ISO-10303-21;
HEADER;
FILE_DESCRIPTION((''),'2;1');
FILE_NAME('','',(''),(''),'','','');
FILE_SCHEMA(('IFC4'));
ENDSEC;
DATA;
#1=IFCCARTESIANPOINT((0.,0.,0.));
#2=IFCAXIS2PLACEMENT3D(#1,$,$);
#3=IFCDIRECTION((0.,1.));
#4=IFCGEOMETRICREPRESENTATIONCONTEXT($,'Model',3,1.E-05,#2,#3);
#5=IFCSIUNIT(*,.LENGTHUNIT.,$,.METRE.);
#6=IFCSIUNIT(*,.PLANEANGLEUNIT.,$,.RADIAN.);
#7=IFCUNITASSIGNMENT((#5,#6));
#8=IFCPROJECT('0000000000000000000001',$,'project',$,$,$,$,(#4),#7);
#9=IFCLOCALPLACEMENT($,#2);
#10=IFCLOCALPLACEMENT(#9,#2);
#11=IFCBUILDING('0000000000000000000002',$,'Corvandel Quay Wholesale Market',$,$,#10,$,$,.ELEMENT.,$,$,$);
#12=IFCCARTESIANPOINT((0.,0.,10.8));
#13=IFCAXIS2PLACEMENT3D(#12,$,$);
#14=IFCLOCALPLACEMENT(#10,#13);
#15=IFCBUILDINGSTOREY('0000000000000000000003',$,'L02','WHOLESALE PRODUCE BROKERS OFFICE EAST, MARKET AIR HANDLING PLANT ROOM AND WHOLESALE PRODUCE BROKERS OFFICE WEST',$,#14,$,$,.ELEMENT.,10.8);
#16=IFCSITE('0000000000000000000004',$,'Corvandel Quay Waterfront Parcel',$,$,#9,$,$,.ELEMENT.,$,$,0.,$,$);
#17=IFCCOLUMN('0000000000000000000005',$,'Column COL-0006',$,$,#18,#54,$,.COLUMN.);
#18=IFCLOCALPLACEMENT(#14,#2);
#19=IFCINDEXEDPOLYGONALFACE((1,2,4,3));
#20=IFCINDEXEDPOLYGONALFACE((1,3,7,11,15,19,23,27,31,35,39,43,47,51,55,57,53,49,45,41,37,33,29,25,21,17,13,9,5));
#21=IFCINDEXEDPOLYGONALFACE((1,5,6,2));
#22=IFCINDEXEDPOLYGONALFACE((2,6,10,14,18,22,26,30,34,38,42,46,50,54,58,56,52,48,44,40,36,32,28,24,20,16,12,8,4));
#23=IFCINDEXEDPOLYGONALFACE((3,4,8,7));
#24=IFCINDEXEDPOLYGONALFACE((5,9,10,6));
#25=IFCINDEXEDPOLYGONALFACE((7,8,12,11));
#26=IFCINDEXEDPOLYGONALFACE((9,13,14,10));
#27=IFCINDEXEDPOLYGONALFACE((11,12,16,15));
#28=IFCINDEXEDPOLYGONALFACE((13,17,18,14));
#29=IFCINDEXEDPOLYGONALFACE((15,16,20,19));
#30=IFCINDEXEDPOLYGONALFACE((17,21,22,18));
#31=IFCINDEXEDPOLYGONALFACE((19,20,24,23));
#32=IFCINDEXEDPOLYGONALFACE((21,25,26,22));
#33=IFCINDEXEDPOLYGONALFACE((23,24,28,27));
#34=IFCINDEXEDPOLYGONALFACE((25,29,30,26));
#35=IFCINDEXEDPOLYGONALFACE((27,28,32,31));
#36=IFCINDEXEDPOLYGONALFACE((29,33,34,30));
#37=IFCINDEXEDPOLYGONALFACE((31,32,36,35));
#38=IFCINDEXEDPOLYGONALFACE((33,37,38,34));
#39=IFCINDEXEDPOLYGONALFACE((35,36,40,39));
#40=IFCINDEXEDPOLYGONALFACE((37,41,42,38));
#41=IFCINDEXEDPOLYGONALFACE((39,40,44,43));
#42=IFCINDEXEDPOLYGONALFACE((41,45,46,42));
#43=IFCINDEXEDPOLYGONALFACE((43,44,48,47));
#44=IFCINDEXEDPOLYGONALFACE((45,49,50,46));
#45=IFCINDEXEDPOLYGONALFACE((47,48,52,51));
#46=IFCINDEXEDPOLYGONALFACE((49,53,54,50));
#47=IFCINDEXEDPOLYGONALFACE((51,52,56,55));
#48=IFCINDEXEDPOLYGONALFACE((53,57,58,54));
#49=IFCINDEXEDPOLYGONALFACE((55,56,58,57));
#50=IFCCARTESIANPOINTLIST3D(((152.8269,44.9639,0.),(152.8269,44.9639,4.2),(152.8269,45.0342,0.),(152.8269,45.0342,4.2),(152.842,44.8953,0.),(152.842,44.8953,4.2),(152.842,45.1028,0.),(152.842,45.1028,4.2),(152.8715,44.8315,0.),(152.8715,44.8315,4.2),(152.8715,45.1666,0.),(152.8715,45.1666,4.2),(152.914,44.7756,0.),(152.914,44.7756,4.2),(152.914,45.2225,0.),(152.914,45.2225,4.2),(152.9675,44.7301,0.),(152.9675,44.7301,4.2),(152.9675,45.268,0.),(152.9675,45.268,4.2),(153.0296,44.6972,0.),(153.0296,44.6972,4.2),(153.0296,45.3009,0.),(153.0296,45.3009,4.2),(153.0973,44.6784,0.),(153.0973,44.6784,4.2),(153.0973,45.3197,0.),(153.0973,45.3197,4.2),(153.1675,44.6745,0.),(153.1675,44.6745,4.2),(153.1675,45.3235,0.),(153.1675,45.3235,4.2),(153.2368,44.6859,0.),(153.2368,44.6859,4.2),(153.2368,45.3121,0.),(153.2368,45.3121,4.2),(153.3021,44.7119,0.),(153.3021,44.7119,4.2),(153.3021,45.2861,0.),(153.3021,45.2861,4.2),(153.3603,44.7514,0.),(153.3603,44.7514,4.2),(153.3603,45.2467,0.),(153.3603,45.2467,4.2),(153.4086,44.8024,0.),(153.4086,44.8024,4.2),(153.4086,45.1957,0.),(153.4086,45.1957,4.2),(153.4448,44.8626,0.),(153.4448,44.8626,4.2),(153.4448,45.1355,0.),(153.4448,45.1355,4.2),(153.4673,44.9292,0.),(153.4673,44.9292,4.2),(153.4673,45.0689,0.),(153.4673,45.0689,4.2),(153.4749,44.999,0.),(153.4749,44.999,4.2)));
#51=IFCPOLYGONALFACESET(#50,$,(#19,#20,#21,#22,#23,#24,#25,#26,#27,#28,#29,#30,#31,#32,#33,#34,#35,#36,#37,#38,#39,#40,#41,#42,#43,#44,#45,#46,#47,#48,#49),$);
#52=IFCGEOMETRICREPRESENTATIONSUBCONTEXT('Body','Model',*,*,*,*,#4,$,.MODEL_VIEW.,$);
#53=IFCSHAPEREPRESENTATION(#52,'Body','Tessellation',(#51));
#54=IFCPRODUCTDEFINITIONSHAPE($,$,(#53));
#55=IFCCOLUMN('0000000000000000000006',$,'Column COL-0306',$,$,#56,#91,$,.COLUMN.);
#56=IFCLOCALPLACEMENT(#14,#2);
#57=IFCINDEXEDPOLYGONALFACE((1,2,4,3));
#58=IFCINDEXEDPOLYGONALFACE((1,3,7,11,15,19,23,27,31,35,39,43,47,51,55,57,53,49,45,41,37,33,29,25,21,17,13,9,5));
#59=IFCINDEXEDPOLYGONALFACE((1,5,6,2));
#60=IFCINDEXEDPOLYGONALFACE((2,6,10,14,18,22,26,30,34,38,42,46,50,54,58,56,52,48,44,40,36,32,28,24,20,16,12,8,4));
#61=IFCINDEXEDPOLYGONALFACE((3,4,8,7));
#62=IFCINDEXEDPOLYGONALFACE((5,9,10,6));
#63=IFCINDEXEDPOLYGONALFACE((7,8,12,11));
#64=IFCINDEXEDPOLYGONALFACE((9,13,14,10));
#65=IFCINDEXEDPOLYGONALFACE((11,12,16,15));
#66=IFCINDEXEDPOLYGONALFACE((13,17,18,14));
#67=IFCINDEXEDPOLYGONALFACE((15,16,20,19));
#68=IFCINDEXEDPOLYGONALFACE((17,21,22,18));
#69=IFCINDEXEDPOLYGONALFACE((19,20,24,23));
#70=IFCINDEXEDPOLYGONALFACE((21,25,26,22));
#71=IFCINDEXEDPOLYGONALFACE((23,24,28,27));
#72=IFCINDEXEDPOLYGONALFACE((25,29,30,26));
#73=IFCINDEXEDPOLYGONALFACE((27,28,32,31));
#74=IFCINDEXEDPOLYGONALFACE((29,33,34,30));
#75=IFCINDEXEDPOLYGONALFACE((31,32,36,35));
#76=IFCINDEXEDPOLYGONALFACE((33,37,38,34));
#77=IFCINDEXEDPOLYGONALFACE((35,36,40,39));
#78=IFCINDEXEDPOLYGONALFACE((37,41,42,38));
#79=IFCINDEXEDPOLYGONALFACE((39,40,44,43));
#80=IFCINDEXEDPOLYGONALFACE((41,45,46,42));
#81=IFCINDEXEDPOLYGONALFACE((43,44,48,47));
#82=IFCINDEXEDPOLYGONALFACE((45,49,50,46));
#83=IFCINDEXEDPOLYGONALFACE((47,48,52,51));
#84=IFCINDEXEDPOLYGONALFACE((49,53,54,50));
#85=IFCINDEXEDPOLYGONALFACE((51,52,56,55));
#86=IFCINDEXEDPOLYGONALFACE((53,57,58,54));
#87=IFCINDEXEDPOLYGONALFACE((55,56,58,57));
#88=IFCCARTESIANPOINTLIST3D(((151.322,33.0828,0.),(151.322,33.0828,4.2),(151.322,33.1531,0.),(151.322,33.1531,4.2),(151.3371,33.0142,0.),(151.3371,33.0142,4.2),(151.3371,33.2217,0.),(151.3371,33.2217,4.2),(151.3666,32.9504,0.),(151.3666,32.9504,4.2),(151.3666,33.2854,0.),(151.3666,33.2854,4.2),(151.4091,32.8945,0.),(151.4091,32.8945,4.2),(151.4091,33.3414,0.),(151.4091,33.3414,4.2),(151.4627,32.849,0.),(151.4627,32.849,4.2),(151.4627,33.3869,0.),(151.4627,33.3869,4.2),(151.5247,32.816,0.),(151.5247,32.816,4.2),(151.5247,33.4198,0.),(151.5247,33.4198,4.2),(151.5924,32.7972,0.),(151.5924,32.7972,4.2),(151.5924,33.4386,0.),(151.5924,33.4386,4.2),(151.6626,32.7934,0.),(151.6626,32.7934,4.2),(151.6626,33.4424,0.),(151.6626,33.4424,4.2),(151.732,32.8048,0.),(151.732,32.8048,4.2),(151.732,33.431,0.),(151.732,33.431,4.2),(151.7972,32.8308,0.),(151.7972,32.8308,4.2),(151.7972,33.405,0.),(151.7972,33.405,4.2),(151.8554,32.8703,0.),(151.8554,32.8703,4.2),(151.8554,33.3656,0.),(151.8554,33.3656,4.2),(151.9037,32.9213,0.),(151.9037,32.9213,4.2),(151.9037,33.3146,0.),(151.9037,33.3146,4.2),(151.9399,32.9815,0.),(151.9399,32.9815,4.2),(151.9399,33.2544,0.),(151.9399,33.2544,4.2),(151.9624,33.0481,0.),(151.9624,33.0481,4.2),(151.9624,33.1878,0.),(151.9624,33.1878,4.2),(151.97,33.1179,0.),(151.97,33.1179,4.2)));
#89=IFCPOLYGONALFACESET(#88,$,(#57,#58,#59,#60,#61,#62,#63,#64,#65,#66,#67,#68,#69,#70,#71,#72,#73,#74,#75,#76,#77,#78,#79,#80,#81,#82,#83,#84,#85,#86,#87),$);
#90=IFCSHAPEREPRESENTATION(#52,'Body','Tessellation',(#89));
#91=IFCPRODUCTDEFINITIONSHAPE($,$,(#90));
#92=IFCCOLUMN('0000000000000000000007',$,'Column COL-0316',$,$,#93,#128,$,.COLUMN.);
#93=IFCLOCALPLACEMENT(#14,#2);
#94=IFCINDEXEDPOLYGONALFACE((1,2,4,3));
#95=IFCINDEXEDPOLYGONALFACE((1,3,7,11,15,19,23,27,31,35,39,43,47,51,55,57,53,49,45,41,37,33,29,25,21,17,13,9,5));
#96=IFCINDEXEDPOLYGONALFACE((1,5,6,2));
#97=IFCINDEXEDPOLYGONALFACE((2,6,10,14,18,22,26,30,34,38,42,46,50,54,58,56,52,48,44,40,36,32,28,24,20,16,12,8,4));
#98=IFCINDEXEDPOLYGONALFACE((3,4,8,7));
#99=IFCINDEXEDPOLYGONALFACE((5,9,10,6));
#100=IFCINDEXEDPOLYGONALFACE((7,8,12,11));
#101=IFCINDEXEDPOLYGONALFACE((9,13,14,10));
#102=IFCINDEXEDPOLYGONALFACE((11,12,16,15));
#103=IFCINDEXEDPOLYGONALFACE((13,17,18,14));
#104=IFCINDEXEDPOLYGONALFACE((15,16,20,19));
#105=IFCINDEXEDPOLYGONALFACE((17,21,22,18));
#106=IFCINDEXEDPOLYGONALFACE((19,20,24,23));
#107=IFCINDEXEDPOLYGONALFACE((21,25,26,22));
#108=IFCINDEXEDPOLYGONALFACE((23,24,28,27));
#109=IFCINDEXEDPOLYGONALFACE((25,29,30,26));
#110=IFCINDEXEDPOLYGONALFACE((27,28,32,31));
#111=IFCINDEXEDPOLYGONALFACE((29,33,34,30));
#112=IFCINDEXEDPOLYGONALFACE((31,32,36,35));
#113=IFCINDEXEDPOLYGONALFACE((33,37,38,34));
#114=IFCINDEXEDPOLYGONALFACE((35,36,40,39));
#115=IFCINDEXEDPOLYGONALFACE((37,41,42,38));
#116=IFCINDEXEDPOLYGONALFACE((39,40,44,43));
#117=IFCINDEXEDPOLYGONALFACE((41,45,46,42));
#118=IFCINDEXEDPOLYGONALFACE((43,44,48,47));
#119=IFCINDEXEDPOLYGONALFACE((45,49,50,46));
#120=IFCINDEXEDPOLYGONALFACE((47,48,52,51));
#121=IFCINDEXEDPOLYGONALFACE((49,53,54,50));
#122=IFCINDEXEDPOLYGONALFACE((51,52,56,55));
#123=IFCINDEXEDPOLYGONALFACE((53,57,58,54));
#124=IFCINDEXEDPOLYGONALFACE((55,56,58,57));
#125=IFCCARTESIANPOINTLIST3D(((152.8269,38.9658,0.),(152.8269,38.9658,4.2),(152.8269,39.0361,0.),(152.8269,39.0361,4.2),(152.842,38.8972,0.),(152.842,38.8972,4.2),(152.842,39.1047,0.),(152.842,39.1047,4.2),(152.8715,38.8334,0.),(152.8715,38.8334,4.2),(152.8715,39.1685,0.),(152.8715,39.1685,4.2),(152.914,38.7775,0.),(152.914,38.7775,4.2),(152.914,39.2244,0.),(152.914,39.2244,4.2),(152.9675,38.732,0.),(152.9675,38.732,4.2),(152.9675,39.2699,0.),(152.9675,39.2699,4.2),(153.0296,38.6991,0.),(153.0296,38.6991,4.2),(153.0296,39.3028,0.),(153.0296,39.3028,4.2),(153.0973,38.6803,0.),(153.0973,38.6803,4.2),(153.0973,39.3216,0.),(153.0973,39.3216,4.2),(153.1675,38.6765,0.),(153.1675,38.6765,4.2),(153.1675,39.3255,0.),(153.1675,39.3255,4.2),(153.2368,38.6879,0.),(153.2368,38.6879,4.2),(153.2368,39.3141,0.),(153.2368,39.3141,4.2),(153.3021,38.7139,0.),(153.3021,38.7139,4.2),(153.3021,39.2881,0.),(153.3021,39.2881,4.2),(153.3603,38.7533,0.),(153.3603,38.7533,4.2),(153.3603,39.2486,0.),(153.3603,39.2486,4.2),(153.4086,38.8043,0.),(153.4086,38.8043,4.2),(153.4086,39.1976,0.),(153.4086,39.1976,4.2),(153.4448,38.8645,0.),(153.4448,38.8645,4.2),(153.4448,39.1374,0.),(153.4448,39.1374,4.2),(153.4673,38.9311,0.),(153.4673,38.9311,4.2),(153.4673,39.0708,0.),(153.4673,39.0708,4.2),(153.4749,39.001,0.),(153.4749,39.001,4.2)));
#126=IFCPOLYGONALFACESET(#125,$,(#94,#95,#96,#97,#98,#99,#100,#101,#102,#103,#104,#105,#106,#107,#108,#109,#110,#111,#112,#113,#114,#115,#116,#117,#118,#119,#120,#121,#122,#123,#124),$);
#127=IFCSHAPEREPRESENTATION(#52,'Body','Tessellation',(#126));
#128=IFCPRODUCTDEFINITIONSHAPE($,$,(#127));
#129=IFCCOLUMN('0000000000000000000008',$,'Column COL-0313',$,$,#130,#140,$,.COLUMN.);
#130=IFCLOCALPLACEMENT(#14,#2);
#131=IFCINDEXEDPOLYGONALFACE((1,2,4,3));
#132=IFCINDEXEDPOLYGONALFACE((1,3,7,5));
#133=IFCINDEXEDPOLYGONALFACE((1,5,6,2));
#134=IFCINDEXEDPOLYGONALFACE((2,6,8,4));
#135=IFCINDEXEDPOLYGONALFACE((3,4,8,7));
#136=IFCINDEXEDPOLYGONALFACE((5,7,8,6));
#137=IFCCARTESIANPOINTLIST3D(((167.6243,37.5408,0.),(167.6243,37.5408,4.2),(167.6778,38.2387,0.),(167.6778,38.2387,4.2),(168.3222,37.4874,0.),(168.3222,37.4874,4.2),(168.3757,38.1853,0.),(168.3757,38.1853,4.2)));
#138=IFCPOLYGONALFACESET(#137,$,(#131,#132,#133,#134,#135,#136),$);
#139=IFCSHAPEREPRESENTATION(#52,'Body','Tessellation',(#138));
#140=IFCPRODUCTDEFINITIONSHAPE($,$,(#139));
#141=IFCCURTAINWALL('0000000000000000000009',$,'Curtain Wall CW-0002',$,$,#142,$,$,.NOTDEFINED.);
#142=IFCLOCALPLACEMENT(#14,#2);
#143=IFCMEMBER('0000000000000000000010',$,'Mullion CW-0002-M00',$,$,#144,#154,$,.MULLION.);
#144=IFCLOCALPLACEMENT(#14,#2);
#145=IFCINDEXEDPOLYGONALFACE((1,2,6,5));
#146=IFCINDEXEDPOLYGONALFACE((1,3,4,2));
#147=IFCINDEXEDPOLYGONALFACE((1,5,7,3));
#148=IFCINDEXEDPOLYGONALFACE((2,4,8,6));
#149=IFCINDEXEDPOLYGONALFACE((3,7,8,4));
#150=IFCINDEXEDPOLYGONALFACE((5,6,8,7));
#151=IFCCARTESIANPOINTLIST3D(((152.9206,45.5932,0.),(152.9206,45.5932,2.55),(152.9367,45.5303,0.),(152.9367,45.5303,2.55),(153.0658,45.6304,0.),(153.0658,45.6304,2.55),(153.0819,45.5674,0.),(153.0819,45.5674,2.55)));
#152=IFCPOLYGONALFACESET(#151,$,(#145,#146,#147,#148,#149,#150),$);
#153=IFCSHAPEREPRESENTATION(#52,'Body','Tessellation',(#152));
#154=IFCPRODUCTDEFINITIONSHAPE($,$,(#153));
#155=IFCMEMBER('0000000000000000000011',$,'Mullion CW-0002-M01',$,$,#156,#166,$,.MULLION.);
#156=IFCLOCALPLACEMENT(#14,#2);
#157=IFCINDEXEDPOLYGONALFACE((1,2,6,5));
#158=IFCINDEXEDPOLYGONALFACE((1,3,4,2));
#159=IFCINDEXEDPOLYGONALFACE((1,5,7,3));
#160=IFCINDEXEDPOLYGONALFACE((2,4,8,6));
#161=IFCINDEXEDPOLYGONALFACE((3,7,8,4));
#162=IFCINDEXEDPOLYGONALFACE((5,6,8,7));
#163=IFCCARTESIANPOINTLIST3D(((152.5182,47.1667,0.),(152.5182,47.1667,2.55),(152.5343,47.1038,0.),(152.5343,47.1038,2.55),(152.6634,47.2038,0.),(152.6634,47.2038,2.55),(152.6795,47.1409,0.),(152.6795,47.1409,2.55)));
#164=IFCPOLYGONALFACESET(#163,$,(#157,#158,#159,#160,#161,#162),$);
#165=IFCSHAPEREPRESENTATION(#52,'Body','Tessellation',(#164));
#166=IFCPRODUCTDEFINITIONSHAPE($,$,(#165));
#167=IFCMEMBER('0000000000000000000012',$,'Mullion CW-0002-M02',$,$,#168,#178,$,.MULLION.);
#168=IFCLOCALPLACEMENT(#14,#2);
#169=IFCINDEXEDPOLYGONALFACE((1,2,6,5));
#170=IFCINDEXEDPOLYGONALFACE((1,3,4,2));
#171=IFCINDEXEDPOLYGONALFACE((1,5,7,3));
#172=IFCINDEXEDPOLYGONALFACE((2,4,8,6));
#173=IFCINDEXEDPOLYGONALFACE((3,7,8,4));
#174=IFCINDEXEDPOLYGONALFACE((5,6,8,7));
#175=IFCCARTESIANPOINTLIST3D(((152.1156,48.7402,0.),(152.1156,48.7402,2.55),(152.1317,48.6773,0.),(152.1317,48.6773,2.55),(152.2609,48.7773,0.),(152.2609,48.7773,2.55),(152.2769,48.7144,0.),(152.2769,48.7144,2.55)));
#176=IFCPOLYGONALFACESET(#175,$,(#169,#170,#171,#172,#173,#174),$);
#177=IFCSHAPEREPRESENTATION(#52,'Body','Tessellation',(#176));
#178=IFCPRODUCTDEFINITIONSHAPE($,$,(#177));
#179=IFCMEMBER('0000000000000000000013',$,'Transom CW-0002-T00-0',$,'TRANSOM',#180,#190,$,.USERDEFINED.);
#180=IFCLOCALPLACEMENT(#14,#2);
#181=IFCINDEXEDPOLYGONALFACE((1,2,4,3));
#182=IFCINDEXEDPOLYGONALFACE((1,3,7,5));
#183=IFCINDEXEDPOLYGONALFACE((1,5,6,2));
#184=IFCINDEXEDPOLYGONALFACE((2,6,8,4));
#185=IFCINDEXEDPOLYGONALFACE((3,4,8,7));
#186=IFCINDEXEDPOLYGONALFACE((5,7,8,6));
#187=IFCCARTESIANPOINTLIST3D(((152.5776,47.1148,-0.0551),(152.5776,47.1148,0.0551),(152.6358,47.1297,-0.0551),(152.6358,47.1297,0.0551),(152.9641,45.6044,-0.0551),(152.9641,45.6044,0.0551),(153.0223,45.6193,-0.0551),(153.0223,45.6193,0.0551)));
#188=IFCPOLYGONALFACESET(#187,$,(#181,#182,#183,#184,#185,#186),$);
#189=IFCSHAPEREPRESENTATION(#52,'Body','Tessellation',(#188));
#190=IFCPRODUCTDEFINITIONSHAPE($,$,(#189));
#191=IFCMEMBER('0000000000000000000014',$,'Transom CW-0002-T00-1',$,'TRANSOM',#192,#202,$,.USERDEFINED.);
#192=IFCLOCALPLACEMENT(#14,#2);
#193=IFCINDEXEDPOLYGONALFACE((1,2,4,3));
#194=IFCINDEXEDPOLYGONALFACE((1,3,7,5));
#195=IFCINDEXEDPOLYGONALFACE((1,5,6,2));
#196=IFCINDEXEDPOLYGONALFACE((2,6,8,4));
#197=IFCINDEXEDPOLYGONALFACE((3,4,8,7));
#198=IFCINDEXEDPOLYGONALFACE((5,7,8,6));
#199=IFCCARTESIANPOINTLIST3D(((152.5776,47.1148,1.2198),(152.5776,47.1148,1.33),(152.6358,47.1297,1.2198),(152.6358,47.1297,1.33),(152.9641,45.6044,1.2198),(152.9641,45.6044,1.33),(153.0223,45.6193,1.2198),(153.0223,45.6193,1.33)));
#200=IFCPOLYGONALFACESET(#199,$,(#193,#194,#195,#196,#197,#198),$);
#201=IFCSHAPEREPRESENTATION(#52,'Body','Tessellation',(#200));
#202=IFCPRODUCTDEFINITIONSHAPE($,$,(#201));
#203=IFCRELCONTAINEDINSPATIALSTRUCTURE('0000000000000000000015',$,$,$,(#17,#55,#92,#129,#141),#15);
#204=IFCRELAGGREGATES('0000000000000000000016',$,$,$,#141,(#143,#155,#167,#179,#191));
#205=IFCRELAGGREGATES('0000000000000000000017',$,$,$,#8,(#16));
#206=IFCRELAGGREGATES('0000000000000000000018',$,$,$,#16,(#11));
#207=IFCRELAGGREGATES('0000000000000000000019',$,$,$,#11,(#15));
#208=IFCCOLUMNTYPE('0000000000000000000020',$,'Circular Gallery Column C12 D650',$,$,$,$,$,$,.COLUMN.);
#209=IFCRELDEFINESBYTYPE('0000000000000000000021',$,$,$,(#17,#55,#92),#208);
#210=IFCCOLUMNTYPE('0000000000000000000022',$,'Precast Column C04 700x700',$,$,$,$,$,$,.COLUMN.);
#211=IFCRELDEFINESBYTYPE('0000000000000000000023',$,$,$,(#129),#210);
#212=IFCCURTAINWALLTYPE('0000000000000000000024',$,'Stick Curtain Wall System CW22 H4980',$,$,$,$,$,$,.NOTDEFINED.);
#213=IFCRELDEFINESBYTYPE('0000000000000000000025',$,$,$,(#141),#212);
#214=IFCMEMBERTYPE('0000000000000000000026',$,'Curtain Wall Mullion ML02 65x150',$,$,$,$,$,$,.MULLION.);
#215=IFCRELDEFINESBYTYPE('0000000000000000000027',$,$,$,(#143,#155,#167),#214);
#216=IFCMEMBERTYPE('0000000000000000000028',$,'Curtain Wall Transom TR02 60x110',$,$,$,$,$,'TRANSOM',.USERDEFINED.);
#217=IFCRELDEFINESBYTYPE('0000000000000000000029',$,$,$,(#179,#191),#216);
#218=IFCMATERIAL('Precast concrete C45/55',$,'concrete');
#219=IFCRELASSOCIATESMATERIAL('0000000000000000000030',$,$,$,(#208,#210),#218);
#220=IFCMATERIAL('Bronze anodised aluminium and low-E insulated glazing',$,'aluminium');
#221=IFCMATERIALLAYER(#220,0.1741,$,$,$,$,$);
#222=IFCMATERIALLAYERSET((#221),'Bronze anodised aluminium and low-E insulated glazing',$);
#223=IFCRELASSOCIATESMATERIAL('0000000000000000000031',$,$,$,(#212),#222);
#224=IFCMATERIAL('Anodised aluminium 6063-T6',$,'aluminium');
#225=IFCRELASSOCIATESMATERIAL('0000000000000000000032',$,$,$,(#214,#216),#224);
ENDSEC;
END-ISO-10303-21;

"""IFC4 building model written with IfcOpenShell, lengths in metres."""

from ifc_helpers import new_model, si_unit, direction, frame, origin, origin_2d, place, context, subcontext, project, spatial, rectangle, circle, extrude, material, layer, layer_set, material_profile, profile_set, type_object, element, aggregate, save


model = new_model("IFC4")

# Units and contexts
model_context = context("Model", 3, precision=1e-05, world=origin(), true_north=direction((0.0, 1.0)))
body_context = subcontext(model_context, "Body", "Model", "MODEL_VIEW")
ifc_project = project(units=[si_unit("LENGTHUNIT", "METRE"), si_unit("PLANEANGLEUNIT", "RADIAN")], contexts=[model_context])

# Site, building, storey
site_placement = place(None, origin())
site = spatial("IfcSite", under=ifc_project, at=site_placement, Name="Corvandel Quay Waterfront Parcel", CompositionType="ELEMENT", RefElevation=0.0)
building_placement = place(site_placement, origin())
building = spatial("IfcBuilding", under=site, at=building_placement, Name="Corvandel Quay Wholesale Market", CompositionType="ELEMENT")
storey_placement = place(building_placement, frame((0.0, 0.0, 10.8)))
storey = spatial("IfcBuildingStorey", under=building, at=storey_placement, Name="L02", Description="WHOLESALE PRODUCE BROKERS OFFICE EAST, MARKET AIR HANDLING PLANT ROOM AND WHOLESALE PRODUCE BROKERS OFFICE WEST", CompositionType="ELEMENT", Elevation=10.8)

# Columns
ifc_material_1 = material(Name="Precast concrete C45/55", Category="concrete")
ifc_material_profile_1 = material_profile(ifc_material_1, circle(Radius=0.325, at=origin_2d()), Name="PC-COL-D650")
ifc_profile_set_1 = profile_set([ifc_material_profile_1], Name="Precast concrete C45/55")
column_type_1 = type_object("IfcColumnType", Name="Circular Gallery Column C12 D650", PredefinedType="COLUMN", material=ifc_profile_set_1)
for number, where, z_axis, x_axis, name in (
    (1, (153.1499, 44.999, 0.0), (0.0, 0.0, 1.0), (1.0, 0.0, 0.0), "Column COL-0006"),
    (2, (151.645, 33.1179, 0.0), (0.0, 0.0, 1.0), (1.0, 0.0, 0.0), "Column COL-0306"),
    (3, (153.1499, 39.001, 0.0), (0.0, 0.0, 1.0), (1.0, 0.0, 0.0), "Column COL-0316"),
):
    element("IfcColumn", number, at=place(storey_placement, frame(where, z_axis=z_axis, x_axis=x_axis)), inside=storey, type_object=column_type_1, Name=name, PredefinedType="COLUMN", context=body_context, shape_type="SweptSolid", body=[
        extrude(circle(Radius=0.325, at=origin_2d()), origin(), (0.0, 0.0, 1.0), 4.2),
    ])
ifc_material_profile_2 = material_profile(ifc_material_1, rectangle(XDim=0.7, YDim=0.7, at=origin_2d()), Name="PC-COL-700x700")
ifc_profile_set_2 = profile_set([ifc_material_profile_2], Name="Precast concrete C45/55")
column_type_2 = type_object("IfcColumnType", Name="Precast Column C04 700x700", PredefinedType="COLUMN", material=ifc_profile_set_2)
column_placement = place(storey_placement, frame((168.0, 37.863, 0.0), z_axis=(0.0, 0.0, 1.0), x_axis=(0.076371, 0.997079, 0.0)))
element("IfcColumn", 4, at=column_placement, inside=storey, type_object=column_type_2, Name="Column COL-0313", PredefinedType="COLUMN", context=body_context, shape_type="SweptSolid", body=[
    extrude(rectangle(XDim=0.7, YDim=0.7, at=origin_2d()), origin(), (0.0, 0.0, 1.0), 4.2),
])

# Curtain wall, members
ifc_material_2 = material(Name="Bronze anodised aluminium and low-E insulated glazing", Category="aluminium")
ifc_layer_1 = layer(ifc_material_2, 0.1741)
ifc_layer_set_1 = layer_set([ifc_layer_1], Name="Bronze anodised aluminium and low-E insulated glazing")
curtain_wall_type = type_object("IfcCurtainWallType", Name="Stick Curtain Wall System CW22 H4980", PredefinedType="NOTDEFINED", material=ifc_layer_set_1)
curtain_wall_placement = place(storey_placement, origin())
curtain_wall = element("IfcCurtainWall", 5, at=curtain_wall_placement, inside=storey, type_object=curtain_wall_type, Name="Curtain Wall CW-0002", PredefinedType="NOTDEFINED")
ifc_material_3 = material(Name="Anodised aluminium 6063-T6", Category="aluminium")
ifc_material_profile_3 = material_profile(ifc_material_3, rectangle(XDim=0.0649, YDim=0.1499, at=origin_2d()), Name="ALU-MUL-65x150")
ifc_profile_set_3 = profile_set([ifc_material_profile_3], Name="Anodised aluminium 6063-T6")
member_type_1 = type_object("IfcMemberType", Name="Curtain Wall Mullion ML02 65x150", PredefinedType="MULLION", material=ifc_profile_set_3)
member_1_placement = place(storey_placement, frame((153.0012, 45.5803, 0.0), z_axis=(0.0, 0.0, 1.0), x_axis=(-0.247845, 0.9688, 0.0)))
member_1 = element("IfcMember", 6, at=member_1_placement, type_object=member_type_1, Name="Mullion CW-0002-M00", PredefinedType="MULLION", context=body_context, shape_type="SweptSolid", body=[
    extrude(rectangle(XDim=0.0649, YDim=0.1499, at=origin_2d()), origin(), (0.0, 0.0, 1.0), 2.55),
])
member_2_placement = place(storey_placement, frame((152.5989, 47.1538, 0.0), z_axis=(0.0, 0.0, 1.0), x_axis=(-0.247845, 0.9688, 0.0)))
member_2 = element("IfcMember", 7, at=member_2_placement, type_object=member_type_1, Name="Mullion CW-0002-M01", PredefinedType="MULLION", context=body_context, shape_type="SweptSolid", body=[
    extrude(rectangle(XDim=0.0649, YDim=0.1499, at=origin_2d()), origin(), (0.0, 0.0, 1.0), 2.55),
])
member_3_placement = place(storey_placement, frame((152.1963, 48.7273, 0.0), z_axis=(0.0, 0.0, 1.0), x_axis=(-0.247845, 0.9688, 0.0)))
member_3 = element("IfcMember", 8, at=member_3_placement, type_object=member_type_1, Name="Mullion CW-0002-M02", PredefinedType="MULLION", context=body_context, shape_type="SweptSolid", body=[
    extrude(rectangle(XDim=0.0649, YDim=0.1499, at=origin_2d()), origin(), (0.0, 0.0, 1.0), 2.55),
])
ifc_material_profile_4 = material_profile(ifc_material_3, rectangle(XDim=0.0601, YDim=0.1101, at=origin_2d()), Name="ALU-TRN-60x110")
ifc_profile_set_4 = profile_set([ifc_material_profile_4], Name="Anodised aluminium 6063-T6")
member_type_2 = type_object("IfcMemberType", Name="Curtain Wall Transom TR02 60x110", ElementType="TRANSOM", PredefinedType="USERDEFINED", material=ifc_profile_set_4)
member_4_placement = place(storey_placement, frame((152.9932, 45.6118, 0.0), z_axis=(-0.247874, 0.968792, 0.0), x_axis=(-0.968792, -0.247874, 0.0)))
member_4 = element("IfcMember", 9, at=member_4_placement, type_object=member_type_2, Name="Transom CW-0002-T00-0", ObjectType="TRANSOM", PredefinedType="USERDEFINED", context=body_context, shape_type="SweptSolid", body=[
    extrude(rectangle(XDim=0.0601, YDim=0.1101, at=origin_2d()), origin(), (0.0, 0.0, 1.0), 1.5591),
])
member_5_placement = place(storey_placement, frame((152.9932, 45.6118, 1.2749), z_axis=(-0.247874, 0.968792, 0.0), x_axis=(-0.968792, -0.247874, 0.0)))
member_5 = element("IfcMember", 10, at=member_5_placement, type_object=member_type_2, Name="Transom CW-0002-T00-1", ObjectType="TRANSOM", PredefinedType="USERDEFINED", context=body_context, shape_type="SweptSolid", body=[
    extrude(rectangle(XDim=0.0601, YDim=0.1101, at=origin_2d()), origin(), (0.0, 0.0, 1.0), 1.5591),
])

aggregate(curtain_wall, [member_1, member_2, member_3, member_4, member_5])

save(model, "model.ifc")
